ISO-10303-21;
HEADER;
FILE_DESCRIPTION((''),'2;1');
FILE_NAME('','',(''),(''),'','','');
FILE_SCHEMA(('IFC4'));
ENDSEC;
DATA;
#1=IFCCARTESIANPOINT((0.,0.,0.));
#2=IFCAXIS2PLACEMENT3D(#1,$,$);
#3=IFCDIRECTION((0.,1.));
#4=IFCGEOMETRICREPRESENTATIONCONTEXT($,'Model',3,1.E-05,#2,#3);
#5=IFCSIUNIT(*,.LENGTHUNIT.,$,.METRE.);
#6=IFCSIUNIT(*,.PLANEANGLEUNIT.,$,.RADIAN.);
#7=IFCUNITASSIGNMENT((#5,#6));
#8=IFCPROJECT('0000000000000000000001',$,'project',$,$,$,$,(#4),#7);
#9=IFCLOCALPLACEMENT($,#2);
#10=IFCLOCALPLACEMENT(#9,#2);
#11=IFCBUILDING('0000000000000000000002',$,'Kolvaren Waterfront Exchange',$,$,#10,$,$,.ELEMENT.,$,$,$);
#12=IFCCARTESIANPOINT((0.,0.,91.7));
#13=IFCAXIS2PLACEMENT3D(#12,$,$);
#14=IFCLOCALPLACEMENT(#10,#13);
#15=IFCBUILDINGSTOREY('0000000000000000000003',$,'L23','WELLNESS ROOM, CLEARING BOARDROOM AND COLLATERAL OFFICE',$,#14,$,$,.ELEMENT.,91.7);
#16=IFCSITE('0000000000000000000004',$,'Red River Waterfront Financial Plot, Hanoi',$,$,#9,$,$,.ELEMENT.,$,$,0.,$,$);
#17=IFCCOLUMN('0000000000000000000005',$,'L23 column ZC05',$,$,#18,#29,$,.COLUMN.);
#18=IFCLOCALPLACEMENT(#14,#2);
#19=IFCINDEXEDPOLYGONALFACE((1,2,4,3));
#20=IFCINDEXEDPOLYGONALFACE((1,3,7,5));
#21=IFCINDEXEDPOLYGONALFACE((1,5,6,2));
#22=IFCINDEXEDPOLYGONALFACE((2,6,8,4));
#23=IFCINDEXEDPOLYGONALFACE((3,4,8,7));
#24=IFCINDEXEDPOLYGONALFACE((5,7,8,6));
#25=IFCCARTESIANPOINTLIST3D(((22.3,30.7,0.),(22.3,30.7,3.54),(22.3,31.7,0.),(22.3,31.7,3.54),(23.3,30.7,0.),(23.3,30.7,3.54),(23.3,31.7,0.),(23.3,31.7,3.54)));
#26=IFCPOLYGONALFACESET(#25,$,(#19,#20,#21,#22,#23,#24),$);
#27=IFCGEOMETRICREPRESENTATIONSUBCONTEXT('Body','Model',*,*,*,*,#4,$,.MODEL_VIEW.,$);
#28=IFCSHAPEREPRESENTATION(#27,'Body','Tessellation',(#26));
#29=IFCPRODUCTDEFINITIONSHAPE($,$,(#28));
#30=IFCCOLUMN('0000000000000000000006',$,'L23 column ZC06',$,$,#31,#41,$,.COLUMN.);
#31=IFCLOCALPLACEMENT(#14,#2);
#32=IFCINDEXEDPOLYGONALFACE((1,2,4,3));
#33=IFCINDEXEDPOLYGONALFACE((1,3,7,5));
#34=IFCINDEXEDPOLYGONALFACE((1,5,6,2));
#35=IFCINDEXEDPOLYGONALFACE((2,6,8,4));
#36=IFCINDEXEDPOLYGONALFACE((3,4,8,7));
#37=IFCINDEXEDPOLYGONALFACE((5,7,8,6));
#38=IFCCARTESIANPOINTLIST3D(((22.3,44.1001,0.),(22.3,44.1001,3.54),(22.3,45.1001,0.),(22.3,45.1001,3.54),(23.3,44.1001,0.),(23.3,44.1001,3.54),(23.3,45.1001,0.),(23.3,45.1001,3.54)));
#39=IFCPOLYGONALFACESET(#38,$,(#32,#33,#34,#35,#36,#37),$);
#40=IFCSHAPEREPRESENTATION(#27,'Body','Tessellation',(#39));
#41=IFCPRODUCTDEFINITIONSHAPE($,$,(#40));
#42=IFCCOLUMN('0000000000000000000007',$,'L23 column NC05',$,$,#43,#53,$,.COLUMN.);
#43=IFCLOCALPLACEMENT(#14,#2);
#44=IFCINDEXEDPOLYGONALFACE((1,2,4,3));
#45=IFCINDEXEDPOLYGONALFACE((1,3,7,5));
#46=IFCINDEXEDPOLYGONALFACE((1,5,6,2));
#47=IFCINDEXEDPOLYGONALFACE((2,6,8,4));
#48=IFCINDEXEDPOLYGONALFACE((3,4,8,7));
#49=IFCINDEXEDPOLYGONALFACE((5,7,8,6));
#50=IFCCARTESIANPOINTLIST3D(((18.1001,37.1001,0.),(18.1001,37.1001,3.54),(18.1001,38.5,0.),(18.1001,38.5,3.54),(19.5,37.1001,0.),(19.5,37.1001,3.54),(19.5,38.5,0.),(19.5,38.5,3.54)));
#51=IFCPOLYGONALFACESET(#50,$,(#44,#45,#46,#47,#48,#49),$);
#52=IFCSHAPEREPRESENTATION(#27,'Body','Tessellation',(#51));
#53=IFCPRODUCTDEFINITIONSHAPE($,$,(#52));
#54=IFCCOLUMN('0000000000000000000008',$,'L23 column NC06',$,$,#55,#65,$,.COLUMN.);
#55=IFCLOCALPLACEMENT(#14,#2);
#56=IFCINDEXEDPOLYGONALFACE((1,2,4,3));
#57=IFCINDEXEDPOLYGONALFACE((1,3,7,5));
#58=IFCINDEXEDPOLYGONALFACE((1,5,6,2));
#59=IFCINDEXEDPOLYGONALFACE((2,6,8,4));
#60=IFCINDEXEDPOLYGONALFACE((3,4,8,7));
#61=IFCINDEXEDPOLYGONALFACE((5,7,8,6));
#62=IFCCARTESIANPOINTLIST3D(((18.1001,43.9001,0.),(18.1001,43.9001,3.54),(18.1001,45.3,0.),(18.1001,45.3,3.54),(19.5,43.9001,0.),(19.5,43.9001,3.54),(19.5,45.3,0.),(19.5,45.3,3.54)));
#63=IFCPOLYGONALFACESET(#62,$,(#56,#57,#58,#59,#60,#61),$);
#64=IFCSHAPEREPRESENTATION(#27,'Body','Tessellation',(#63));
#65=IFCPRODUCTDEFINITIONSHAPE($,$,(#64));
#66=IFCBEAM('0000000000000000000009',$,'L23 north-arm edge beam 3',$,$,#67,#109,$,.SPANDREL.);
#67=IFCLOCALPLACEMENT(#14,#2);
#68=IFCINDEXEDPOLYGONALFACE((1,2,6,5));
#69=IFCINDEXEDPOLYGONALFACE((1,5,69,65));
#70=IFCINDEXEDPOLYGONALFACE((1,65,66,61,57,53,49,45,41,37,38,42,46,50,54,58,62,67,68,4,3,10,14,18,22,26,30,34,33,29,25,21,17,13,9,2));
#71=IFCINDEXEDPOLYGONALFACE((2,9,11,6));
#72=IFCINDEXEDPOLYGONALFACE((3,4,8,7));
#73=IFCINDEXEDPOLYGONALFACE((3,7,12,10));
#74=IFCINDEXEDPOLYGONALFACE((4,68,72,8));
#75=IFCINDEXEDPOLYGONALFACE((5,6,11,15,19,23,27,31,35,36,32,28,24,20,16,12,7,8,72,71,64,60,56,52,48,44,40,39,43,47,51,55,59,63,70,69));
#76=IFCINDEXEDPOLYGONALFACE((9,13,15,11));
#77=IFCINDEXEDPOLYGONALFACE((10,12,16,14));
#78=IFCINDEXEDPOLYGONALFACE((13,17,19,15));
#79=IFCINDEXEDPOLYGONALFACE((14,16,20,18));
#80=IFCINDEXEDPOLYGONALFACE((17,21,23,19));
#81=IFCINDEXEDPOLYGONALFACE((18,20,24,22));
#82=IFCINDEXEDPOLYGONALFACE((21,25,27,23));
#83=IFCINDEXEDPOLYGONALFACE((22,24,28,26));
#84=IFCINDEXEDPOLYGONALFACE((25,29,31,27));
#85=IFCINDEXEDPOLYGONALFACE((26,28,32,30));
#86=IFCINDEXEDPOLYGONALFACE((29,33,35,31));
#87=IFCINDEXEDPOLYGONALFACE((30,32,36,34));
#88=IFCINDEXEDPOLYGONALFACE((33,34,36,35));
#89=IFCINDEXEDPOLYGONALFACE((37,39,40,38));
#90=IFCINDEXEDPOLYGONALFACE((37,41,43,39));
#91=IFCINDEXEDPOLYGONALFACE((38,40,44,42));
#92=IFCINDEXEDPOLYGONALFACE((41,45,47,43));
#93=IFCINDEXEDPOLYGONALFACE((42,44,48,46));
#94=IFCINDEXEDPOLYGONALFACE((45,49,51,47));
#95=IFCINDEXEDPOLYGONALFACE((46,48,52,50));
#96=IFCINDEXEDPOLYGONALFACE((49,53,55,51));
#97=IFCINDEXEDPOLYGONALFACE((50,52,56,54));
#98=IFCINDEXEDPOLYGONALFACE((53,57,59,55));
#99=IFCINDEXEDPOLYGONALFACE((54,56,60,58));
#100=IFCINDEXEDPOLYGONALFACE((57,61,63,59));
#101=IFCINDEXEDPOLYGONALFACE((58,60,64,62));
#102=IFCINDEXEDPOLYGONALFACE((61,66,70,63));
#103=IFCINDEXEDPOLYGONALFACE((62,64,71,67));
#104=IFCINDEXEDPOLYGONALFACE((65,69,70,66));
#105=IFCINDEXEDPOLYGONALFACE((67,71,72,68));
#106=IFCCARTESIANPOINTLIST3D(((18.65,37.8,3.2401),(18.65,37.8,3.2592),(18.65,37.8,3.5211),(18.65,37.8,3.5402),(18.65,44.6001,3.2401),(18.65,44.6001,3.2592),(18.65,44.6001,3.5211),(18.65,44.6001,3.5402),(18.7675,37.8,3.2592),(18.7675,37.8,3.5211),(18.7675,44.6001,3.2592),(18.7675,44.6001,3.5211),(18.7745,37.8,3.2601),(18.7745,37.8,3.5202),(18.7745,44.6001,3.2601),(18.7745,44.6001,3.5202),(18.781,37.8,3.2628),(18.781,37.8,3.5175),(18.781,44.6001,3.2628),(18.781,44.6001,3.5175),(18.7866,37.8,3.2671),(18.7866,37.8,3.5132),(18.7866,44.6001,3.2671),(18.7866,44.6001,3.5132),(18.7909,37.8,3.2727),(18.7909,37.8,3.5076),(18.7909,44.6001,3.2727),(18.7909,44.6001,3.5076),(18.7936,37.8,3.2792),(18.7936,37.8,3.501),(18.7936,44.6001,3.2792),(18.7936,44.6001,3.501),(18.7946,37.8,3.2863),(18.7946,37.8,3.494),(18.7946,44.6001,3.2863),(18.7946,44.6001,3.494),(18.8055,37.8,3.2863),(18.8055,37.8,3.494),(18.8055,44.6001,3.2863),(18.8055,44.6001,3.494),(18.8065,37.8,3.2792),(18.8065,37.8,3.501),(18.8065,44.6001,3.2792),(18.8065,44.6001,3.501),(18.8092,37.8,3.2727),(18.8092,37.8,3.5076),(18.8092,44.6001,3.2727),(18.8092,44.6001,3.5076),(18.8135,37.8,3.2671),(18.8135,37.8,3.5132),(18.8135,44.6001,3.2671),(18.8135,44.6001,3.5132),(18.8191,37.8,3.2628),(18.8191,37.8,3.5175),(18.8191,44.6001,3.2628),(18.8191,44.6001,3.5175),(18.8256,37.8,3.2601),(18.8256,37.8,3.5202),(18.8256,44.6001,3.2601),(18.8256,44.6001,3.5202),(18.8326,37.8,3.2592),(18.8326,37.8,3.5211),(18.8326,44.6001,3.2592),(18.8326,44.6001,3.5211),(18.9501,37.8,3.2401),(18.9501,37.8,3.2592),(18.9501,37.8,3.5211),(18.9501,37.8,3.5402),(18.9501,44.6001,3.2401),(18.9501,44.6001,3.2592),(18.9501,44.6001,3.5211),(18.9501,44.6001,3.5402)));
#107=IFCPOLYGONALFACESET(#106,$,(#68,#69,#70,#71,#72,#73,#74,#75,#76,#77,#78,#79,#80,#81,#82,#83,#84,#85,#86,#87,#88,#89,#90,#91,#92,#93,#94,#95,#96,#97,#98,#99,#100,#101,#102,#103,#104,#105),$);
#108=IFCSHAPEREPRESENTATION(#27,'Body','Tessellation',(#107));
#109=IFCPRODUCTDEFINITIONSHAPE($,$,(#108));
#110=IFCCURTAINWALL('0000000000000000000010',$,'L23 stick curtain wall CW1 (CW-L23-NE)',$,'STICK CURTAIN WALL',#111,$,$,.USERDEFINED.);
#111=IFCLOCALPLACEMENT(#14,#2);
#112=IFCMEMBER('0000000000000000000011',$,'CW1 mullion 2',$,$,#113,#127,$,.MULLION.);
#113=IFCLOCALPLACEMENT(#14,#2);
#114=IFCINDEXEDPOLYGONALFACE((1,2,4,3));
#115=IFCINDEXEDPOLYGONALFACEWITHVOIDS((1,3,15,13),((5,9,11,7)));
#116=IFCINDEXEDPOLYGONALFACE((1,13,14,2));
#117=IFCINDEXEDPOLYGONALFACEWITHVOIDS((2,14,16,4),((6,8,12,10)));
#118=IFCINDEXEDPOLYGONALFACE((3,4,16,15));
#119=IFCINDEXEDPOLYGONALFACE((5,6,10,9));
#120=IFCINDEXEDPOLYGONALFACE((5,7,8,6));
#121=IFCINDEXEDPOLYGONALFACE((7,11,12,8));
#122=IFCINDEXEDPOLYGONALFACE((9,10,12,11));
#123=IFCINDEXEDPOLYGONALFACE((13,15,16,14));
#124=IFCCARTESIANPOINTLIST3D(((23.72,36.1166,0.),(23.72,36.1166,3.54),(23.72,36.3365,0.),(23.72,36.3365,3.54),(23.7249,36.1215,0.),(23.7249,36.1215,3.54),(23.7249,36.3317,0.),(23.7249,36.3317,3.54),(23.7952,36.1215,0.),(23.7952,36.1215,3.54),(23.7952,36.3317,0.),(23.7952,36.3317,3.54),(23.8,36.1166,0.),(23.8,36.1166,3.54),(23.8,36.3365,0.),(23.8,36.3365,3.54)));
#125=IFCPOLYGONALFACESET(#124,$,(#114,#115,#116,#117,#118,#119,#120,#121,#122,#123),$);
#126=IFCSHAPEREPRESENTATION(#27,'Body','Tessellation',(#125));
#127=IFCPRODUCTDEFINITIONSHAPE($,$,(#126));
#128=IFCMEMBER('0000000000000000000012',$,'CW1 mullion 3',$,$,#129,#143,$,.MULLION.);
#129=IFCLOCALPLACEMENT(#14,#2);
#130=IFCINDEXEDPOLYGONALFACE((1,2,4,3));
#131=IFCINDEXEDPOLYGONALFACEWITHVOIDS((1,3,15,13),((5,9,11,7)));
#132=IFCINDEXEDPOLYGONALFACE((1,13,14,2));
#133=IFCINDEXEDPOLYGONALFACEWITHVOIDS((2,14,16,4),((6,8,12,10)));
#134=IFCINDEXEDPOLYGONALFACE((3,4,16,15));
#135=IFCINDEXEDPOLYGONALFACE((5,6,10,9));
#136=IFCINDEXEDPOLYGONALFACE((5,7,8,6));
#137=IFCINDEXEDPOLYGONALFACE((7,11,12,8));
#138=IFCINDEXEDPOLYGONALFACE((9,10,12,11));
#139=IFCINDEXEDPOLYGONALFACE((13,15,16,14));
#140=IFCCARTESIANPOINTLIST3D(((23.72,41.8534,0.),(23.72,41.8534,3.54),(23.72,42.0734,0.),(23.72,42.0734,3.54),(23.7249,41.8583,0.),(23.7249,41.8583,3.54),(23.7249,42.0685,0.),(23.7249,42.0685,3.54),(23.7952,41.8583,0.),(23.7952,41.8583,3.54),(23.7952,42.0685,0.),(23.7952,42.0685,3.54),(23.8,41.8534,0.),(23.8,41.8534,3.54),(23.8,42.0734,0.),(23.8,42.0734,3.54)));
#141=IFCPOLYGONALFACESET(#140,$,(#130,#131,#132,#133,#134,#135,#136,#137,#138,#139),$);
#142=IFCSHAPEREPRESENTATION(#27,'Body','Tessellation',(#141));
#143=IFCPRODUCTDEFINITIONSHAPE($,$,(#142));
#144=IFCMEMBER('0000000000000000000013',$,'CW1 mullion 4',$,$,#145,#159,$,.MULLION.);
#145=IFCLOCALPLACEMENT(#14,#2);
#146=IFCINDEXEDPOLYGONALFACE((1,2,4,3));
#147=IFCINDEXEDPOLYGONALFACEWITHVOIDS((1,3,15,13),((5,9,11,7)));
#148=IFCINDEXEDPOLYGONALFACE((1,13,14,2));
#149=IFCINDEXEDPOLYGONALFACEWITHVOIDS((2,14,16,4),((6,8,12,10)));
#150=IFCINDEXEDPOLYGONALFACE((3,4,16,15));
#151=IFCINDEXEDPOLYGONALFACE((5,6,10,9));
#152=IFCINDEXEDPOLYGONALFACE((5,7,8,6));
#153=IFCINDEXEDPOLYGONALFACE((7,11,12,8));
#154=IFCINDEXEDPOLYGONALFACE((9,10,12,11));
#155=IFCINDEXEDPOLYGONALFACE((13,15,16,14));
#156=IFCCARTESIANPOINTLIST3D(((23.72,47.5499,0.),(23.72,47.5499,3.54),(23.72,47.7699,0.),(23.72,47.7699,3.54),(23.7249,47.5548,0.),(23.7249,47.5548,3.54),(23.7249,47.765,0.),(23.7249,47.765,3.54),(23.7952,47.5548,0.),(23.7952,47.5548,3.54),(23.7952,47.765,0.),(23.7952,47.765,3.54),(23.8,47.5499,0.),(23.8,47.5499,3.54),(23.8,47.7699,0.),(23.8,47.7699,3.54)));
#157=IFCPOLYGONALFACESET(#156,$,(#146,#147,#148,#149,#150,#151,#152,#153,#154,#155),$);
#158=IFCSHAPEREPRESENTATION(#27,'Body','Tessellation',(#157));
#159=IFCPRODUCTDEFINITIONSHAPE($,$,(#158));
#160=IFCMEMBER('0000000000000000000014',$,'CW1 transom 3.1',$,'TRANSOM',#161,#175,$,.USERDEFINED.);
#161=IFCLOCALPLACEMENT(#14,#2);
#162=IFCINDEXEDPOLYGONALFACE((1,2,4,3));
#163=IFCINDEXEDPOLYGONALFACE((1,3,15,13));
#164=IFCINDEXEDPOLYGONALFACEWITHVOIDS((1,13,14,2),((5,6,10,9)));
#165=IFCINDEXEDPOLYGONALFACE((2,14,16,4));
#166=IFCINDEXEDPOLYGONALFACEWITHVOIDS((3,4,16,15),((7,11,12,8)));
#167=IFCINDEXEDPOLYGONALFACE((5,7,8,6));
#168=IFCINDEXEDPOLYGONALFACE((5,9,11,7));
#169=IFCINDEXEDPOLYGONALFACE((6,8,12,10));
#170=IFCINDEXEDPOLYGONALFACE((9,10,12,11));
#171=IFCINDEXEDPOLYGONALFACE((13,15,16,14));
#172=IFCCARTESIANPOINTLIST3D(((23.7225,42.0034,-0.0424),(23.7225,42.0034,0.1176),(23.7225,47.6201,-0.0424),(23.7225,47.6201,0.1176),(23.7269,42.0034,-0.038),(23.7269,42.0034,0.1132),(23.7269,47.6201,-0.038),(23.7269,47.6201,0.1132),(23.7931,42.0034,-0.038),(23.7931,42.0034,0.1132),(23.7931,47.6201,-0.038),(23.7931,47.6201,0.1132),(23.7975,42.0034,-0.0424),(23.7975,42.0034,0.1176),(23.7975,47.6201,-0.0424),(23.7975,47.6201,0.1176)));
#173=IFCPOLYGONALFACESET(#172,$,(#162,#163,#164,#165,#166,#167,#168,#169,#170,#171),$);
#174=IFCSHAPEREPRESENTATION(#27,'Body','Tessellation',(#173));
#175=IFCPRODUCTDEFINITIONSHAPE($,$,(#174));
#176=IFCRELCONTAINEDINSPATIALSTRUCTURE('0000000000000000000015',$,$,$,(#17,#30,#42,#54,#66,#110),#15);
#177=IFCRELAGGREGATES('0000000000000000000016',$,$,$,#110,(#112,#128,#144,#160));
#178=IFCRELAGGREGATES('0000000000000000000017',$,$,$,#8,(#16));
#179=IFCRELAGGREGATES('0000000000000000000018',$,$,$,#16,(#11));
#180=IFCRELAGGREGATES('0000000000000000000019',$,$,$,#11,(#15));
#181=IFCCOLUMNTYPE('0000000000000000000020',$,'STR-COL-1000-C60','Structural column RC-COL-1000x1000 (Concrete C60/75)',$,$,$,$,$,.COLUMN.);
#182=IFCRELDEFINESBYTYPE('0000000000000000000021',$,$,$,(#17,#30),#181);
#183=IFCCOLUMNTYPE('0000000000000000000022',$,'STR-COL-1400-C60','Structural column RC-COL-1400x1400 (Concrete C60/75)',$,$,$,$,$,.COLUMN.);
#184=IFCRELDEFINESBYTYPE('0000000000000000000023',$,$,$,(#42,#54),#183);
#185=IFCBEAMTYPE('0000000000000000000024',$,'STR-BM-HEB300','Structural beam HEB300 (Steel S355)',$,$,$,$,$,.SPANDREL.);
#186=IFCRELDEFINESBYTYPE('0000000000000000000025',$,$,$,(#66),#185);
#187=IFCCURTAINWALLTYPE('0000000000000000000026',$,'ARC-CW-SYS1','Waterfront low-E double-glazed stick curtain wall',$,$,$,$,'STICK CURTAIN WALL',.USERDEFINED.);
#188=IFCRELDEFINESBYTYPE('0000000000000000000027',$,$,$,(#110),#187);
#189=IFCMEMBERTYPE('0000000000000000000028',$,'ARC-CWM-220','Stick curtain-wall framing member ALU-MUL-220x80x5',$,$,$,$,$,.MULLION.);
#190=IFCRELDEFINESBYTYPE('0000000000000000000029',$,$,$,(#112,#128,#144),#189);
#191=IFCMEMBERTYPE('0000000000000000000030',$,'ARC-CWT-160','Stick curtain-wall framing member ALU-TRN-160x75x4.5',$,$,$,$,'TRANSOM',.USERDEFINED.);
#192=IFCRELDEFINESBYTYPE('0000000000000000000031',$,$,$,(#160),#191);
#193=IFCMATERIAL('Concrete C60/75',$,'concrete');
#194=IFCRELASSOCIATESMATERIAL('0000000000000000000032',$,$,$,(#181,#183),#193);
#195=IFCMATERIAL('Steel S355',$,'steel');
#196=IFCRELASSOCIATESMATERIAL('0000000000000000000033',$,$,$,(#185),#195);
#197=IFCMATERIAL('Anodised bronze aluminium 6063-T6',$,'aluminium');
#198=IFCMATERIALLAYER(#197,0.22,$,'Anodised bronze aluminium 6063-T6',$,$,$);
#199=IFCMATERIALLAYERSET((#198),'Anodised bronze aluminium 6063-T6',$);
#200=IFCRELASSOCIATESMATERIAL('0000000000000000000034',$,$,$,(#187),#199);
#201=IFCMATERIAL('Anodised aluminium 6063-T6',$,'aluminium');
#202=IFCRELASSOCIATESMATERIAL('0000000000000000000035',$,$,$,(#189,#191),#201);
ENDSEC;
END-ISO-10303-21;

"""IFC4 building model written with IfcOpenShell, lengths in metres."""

from ifc_helpers import new_model, si_unit, direction, frame, origin, origin_with_axes, origin_2d, place, context, subcontext, project, spatial, rectangle, hollow_rectangle, i_section, extrude, source, transform, mapped, material, layer, layer_set, material_profile, profile_set, type_object, element, aggregate, save


model = new_model("IFC4")

# Units and contexts
model_context = context("Model", 3, precision=1e-05, world=origin(), true_north=direction((0.0, 1.0)))
body_context = subcontext(model_context, "Body", "Model", "MODEL_VIEW")
ifc_project = project(units=[si_unit("LENGTHUNIT", "METRE"), si_unit("PLANEANGLEUNIT", "RADIAN")], contexts=[model_context])

# Site, building, storey
site_placement = place(None, origin())
site = spatial("IfcSite", under=ifc_project, at=site_placement, Name="Red River Waterfront Financial Plot, Hanoi", CompositionType="ELEMENT", RefElevation=0.0)
building_placement = place(site_placement, origin())
building = spatial("IfcBuilding", under=site, at=building_placement, Name="Kolvaren Waterfront Exchange", CompositionType="ELEMENT")
storey_placement = place(building_placement, frame((0.0, 0.0, 91.7)))
storey = spatial("IfcBuildingStorey", under=building, at=storey_placement, Name="L23", Description="WELLNESS ROOM, CLEARING BOARDROOM AND COLLATERAL OFFICE", CompositionType="ELEMENT", Elevation=91.7)

# Columns
ifc_material_1 = material(Name="Concrete C60/75", Category="concrete")
ifc_material_profile_1 = material_profile(ifc_material_1, rectangle(XDim=1.0, YDim=1.0, at=origin_2d()), Name="RC-COL-1000x1000")
ifc_profile_set_1 = profile_set([ifc_material_profile_1], Name="Concrete C60/75")
column_type_1 = type_object("IfcColumnType", Name="STR-COL-1000-C60", Description="Structural column RC-COL-1000x1000 (Concrete C60/75)", PredefinedType="COLUMN", material=ifc_profile_set_1)
for number, where, z_axis, x_axis, name in (
    (1, (22.8, 31.2, 0.0), (0.0, 0.0, 1.0), (1.0, 0.0, 0.0), "L23 column ZC05"),
    (2, (22.8, 44.6001, 0.0), (0.0, 0.0, 1.0), (1.0, 0.0, 0.0), "L23 column ZC06"),
):
    element("IfcColumn", number, at=place(storey_placement, frame(where, z_axis=z_axis, x_axis=x_axis)), inside=storey, type_object=column_type_1, Name=name, PredefinedType="COLUMN", context=body_context, shape_type="SweptSolid", body=[
        extrude(rectangle(XDim=1.0, YDim=1.0, at=origin_2d()), origin(), (0.0, 0.0, 1.0), 3.54),
    ])
ifc_material_profile_2 = material_profile(ifc_material_1, rectangle(XDim=1.3999, YDim=1.3999, at=origin_2d()), Name="RC-COL-1400x1400")
ifc_profile_set_2 = profile_set([ifc_material_profile_2], Name="Concrete C60/75")
column_type_2 = type_object("IfcColumnType", Name="STR-COL-1400-C60", Description="Structural column RC-COL-1400x1400 (Concrete C60/75)", PredefinedType="COLUMN", material=ifc_profile_set_2)
for number, where, z_axis, x_axis, name in (
    (3, (18.8, 37.8, 0.0), (0.0, 0.0, 1.0), (1.0, 0.0, 0.0), "L23 column NC05"),
    (4, (18.8, 44.6001, 0.0), (0.0, 0.0, 1.0), (1.0, 0.0, 0.0), "L23 column NC06"),
):
    element("IfcColumn", number, at=place(storey_placement, frame(where, z_axis=z_axis, x_axis=x_axis)), inside=storey, type_object=column_type_2, Name=name, PredefinedType="COLUMN", context=body_context, shape_type="SweptSolid", body=[
        extrude(rectangle(XDim=1.3999, YDim=1.3999, at=origin_2d()), origin(), (0.0, 0.0, 1.0), 3.54),
    ])

# Beam
ifc_material_2 = material(Name="Steel S355", Category="steel")
ifc_material_profile_3 = material_profile(ifc_material_2, i_section(OverallWidth=0.3, OverallDepth=0.3, WebThickness=0.011, FlangeThickness=0.019, FilletRadius=0.0271, at=origin_2d()), Name="HEB300")
ifc_profile_set_3 = profile_set([ifc_material_profile_3], Name="Steel S355")
beam_type = type_object("IfcBeamType", Name="STR-BM-HEB300", Description="Structural beam HEB300 (Steel S355)", PredefinedType="SPANDREL", material=ifc_profile_set_3)
beam_placement = place(storey_placement, frame((18.8, 37.8, 3.3901), z_axis=(0.0, 1.0, 0.0), x_axis=(-1.0, 0.0, 0.0)))
element("IfcBeam", 5, at=beam_placement, inside=storey, type_object=beam_type, Name="L23 north-arm edge beam 3", PredefinedType="SPANDREL", context=body_context, shape_type="SweptSolid", body=[
    extrude(i_section(OverallWidth=0.3, OverallDepth=0.3, WebThickness=0.011, FlangeThickness=0.019, FilletRadius=0.0271, at=origin_2d()), origin(), (0.0, 0.0, 1.0), 6.8),
])

# Curtain wall, members
ifc_material_3 = material(Name="Anodised bronze aluminium 6063-T6", Category="aluminium")
ifc_layer_1 = layer(ifc_material_3, 0.22, Name="Anodised bronze aluminium 6063-T6")
ifc_layer_set_1 = layer_set([ifc_layer_1], Name="Anodised bronze aluminium 6063-T6")
curtain_wall_type = type_object("IfcCurtainWallType", Name="ARC-CW-SYS1", Description="Waterfront low-E double-glazed stick curtain wall", ElementType="STICK CURTAIN WALL", PredefinedType="USERDEFINED", material=ifc_layer_set_1)
curtain_wall_placement = place(storey_placement, origin())
curtain_wall = element("IfcCurtainWall", 6, at=curtain_wall_placement, inside=storey, type_object=curtain_wall_type, Name="L23 stick curtain wall CW1 (CW-L23-NE)", ObjectType="STICK CURTAIN WALL", PredefinedType="USERDEFINED")
ifc_material_4 = material(Name="Anodised aluminium 6063-T6", Category="aluminium")
ifc_material_profile_4 = material_profile(ifc_material_4, hollow_rectangle(XDim=0.0801, YDim=0.22, WallThickness=0.0049, at=origin_2d()), Name="ALU-MUL-220x80x5")
ifc_profile_set_4 = profile_set([ifc_material_profile_4], Name="Anodised aluminium 6063-T6")
member_type_1 = type_object("IfcMemberType", Name="ARC-CWM-220", Description="Stick curtain-wall framing member ALU-MUL-220x80x5", PredefinedType="MULLION", material=ifc_profile_set_4)
shared_shape_1 = source(origin_with_axes(), body_context, "Body", "SweptSolid", [
    extrude(hollow_rectangle(XDim=0.0801, YDim=0.22, WallThickness=0.0049, at=origin_2d()), origin(), (0.0, 0.0, 1.0), 3.54),
])
member_1_placement = place(storey_placement, frame((23.76, 36.2266, 0.0), z_axis=(0.0, 0.0, 1.0), x_axis=(-1.0, 0.0, 0.0)))
member_1 = element("IfcMember", 7, at=member_1_placement, type_object=member_type_1, Name="CW1 mullion 2", PredefinedType="MULLION", context=body_context, shape_type="MappedRepresentation", body=[
    mapped(shared_shape_1, transform((0.0, 0.0, 0.0), x_axis=(1.0, 0.0, 0.0), y_axis=(0.0, 1.0, 0.0), z_axis=(0.0, 0.0, 1.0), scale=1.0)),
])
member_2_placement = place(storey_placement, frame((23.76, 41.9634, 0.0), z_axis=(0.0, 0.0, 1.0), x_axis=(-1.0, 0.0, 0.0)))
member_2 = element("IfcMember", 8, at=member_2_placement, type_object=member_type_1, Name="CW1 mullion 3", PredefinedType="MULLION", context=body_context, shape_type="MappedRepresentation", body=[
    mapped(shared_shape_1, transform((0.0, 0.0, 0.0), x_axis=(1.0, 0.0, 0.0), y_axis=(0.0, 1.0, 0.0), z_axis=(0.0, 0.0, 1.0), scale=1.0)),
])
member_3_placement = place(storey_placement, frame((23.76, 47.6599, 0.0), z_axis=(0.0, 0.0, 1.0), x_axis=(-1.0, 0.0, 0.0)))
member_3 = element("IfcMember", 9, at=member_3_placement, type_object=member_type_1, Name="CW1 mullion 4", PredefinedType="MULLION", context=body_context, shape_type="MappedRepresentation", body=[
    mapped(shared_shape_1, transform((0.0, 0.0, 0.0), x_axis=(1.0, 0.0, 0.0), y_axis=(0.0, 1.0, 0.0), z_axis=(0.0, 0.0, 1.0), scale=1.0)),
])
ifc_material_profile_5 = material_profile(ifc_material_4, hollow_rectangle(XDim=0.075, YDim=0.1599, WallThickness=0.0044, at=origin_2d()), Name="ALU-TRN-160x75x4.5")
ifc_profile_set_5 = profile_set([ifc_material_profile_5], Name="Anodised aluminium 6063-T6")
member_type_2 = type_object("IfcMemberType", Name="ARC-CWT-160", Description="Stick curtain-wall framing member ALU-TRN-160x75x4.5", ElementType="TRANSOM", PredefinedType="USERDEFINED", material=ifc_profile_set_5)
shared_shape_2 = source(origin_with_axes(), body_context, "Body", "SweptSolid", [
    extrude(hollow_rectangle(XDim=0.075, YDim=0.1599, WallThickness=0.0044, at=origin_2d()), origin(), (0.0, 0.0, 1.0), 5.6167),
])
member_4_placement = place(storey_placement, frame((23.76, 42.0034, 0.0376), z_axis=(0.0, 1.0, 0.0), x_axis=(-1.0, 0.0, 0.0)))
member_4 = element("IfcMember", 10, at=member_4_placement, type_object=member_type_2, Name="CW1 transom 3.1", ObjectType="TRANSOM", PredefinedType="USERDEFINED", context=body_context, shape_type="MappedRepresentation", body=[
    mapped(shared_shape_2, transform((0.0, 0.0, 0.0), x_axis=(1.0, 0.0, 0.0), y_axis=(0.0, 1.0, 0.0), z_axis=(0.0, 0.0, 1.0), scale=1.0)),
])
aggregate(curtain_wall, [member_1, member_2, member_3, member_4])

save(model, "model.ifc")
